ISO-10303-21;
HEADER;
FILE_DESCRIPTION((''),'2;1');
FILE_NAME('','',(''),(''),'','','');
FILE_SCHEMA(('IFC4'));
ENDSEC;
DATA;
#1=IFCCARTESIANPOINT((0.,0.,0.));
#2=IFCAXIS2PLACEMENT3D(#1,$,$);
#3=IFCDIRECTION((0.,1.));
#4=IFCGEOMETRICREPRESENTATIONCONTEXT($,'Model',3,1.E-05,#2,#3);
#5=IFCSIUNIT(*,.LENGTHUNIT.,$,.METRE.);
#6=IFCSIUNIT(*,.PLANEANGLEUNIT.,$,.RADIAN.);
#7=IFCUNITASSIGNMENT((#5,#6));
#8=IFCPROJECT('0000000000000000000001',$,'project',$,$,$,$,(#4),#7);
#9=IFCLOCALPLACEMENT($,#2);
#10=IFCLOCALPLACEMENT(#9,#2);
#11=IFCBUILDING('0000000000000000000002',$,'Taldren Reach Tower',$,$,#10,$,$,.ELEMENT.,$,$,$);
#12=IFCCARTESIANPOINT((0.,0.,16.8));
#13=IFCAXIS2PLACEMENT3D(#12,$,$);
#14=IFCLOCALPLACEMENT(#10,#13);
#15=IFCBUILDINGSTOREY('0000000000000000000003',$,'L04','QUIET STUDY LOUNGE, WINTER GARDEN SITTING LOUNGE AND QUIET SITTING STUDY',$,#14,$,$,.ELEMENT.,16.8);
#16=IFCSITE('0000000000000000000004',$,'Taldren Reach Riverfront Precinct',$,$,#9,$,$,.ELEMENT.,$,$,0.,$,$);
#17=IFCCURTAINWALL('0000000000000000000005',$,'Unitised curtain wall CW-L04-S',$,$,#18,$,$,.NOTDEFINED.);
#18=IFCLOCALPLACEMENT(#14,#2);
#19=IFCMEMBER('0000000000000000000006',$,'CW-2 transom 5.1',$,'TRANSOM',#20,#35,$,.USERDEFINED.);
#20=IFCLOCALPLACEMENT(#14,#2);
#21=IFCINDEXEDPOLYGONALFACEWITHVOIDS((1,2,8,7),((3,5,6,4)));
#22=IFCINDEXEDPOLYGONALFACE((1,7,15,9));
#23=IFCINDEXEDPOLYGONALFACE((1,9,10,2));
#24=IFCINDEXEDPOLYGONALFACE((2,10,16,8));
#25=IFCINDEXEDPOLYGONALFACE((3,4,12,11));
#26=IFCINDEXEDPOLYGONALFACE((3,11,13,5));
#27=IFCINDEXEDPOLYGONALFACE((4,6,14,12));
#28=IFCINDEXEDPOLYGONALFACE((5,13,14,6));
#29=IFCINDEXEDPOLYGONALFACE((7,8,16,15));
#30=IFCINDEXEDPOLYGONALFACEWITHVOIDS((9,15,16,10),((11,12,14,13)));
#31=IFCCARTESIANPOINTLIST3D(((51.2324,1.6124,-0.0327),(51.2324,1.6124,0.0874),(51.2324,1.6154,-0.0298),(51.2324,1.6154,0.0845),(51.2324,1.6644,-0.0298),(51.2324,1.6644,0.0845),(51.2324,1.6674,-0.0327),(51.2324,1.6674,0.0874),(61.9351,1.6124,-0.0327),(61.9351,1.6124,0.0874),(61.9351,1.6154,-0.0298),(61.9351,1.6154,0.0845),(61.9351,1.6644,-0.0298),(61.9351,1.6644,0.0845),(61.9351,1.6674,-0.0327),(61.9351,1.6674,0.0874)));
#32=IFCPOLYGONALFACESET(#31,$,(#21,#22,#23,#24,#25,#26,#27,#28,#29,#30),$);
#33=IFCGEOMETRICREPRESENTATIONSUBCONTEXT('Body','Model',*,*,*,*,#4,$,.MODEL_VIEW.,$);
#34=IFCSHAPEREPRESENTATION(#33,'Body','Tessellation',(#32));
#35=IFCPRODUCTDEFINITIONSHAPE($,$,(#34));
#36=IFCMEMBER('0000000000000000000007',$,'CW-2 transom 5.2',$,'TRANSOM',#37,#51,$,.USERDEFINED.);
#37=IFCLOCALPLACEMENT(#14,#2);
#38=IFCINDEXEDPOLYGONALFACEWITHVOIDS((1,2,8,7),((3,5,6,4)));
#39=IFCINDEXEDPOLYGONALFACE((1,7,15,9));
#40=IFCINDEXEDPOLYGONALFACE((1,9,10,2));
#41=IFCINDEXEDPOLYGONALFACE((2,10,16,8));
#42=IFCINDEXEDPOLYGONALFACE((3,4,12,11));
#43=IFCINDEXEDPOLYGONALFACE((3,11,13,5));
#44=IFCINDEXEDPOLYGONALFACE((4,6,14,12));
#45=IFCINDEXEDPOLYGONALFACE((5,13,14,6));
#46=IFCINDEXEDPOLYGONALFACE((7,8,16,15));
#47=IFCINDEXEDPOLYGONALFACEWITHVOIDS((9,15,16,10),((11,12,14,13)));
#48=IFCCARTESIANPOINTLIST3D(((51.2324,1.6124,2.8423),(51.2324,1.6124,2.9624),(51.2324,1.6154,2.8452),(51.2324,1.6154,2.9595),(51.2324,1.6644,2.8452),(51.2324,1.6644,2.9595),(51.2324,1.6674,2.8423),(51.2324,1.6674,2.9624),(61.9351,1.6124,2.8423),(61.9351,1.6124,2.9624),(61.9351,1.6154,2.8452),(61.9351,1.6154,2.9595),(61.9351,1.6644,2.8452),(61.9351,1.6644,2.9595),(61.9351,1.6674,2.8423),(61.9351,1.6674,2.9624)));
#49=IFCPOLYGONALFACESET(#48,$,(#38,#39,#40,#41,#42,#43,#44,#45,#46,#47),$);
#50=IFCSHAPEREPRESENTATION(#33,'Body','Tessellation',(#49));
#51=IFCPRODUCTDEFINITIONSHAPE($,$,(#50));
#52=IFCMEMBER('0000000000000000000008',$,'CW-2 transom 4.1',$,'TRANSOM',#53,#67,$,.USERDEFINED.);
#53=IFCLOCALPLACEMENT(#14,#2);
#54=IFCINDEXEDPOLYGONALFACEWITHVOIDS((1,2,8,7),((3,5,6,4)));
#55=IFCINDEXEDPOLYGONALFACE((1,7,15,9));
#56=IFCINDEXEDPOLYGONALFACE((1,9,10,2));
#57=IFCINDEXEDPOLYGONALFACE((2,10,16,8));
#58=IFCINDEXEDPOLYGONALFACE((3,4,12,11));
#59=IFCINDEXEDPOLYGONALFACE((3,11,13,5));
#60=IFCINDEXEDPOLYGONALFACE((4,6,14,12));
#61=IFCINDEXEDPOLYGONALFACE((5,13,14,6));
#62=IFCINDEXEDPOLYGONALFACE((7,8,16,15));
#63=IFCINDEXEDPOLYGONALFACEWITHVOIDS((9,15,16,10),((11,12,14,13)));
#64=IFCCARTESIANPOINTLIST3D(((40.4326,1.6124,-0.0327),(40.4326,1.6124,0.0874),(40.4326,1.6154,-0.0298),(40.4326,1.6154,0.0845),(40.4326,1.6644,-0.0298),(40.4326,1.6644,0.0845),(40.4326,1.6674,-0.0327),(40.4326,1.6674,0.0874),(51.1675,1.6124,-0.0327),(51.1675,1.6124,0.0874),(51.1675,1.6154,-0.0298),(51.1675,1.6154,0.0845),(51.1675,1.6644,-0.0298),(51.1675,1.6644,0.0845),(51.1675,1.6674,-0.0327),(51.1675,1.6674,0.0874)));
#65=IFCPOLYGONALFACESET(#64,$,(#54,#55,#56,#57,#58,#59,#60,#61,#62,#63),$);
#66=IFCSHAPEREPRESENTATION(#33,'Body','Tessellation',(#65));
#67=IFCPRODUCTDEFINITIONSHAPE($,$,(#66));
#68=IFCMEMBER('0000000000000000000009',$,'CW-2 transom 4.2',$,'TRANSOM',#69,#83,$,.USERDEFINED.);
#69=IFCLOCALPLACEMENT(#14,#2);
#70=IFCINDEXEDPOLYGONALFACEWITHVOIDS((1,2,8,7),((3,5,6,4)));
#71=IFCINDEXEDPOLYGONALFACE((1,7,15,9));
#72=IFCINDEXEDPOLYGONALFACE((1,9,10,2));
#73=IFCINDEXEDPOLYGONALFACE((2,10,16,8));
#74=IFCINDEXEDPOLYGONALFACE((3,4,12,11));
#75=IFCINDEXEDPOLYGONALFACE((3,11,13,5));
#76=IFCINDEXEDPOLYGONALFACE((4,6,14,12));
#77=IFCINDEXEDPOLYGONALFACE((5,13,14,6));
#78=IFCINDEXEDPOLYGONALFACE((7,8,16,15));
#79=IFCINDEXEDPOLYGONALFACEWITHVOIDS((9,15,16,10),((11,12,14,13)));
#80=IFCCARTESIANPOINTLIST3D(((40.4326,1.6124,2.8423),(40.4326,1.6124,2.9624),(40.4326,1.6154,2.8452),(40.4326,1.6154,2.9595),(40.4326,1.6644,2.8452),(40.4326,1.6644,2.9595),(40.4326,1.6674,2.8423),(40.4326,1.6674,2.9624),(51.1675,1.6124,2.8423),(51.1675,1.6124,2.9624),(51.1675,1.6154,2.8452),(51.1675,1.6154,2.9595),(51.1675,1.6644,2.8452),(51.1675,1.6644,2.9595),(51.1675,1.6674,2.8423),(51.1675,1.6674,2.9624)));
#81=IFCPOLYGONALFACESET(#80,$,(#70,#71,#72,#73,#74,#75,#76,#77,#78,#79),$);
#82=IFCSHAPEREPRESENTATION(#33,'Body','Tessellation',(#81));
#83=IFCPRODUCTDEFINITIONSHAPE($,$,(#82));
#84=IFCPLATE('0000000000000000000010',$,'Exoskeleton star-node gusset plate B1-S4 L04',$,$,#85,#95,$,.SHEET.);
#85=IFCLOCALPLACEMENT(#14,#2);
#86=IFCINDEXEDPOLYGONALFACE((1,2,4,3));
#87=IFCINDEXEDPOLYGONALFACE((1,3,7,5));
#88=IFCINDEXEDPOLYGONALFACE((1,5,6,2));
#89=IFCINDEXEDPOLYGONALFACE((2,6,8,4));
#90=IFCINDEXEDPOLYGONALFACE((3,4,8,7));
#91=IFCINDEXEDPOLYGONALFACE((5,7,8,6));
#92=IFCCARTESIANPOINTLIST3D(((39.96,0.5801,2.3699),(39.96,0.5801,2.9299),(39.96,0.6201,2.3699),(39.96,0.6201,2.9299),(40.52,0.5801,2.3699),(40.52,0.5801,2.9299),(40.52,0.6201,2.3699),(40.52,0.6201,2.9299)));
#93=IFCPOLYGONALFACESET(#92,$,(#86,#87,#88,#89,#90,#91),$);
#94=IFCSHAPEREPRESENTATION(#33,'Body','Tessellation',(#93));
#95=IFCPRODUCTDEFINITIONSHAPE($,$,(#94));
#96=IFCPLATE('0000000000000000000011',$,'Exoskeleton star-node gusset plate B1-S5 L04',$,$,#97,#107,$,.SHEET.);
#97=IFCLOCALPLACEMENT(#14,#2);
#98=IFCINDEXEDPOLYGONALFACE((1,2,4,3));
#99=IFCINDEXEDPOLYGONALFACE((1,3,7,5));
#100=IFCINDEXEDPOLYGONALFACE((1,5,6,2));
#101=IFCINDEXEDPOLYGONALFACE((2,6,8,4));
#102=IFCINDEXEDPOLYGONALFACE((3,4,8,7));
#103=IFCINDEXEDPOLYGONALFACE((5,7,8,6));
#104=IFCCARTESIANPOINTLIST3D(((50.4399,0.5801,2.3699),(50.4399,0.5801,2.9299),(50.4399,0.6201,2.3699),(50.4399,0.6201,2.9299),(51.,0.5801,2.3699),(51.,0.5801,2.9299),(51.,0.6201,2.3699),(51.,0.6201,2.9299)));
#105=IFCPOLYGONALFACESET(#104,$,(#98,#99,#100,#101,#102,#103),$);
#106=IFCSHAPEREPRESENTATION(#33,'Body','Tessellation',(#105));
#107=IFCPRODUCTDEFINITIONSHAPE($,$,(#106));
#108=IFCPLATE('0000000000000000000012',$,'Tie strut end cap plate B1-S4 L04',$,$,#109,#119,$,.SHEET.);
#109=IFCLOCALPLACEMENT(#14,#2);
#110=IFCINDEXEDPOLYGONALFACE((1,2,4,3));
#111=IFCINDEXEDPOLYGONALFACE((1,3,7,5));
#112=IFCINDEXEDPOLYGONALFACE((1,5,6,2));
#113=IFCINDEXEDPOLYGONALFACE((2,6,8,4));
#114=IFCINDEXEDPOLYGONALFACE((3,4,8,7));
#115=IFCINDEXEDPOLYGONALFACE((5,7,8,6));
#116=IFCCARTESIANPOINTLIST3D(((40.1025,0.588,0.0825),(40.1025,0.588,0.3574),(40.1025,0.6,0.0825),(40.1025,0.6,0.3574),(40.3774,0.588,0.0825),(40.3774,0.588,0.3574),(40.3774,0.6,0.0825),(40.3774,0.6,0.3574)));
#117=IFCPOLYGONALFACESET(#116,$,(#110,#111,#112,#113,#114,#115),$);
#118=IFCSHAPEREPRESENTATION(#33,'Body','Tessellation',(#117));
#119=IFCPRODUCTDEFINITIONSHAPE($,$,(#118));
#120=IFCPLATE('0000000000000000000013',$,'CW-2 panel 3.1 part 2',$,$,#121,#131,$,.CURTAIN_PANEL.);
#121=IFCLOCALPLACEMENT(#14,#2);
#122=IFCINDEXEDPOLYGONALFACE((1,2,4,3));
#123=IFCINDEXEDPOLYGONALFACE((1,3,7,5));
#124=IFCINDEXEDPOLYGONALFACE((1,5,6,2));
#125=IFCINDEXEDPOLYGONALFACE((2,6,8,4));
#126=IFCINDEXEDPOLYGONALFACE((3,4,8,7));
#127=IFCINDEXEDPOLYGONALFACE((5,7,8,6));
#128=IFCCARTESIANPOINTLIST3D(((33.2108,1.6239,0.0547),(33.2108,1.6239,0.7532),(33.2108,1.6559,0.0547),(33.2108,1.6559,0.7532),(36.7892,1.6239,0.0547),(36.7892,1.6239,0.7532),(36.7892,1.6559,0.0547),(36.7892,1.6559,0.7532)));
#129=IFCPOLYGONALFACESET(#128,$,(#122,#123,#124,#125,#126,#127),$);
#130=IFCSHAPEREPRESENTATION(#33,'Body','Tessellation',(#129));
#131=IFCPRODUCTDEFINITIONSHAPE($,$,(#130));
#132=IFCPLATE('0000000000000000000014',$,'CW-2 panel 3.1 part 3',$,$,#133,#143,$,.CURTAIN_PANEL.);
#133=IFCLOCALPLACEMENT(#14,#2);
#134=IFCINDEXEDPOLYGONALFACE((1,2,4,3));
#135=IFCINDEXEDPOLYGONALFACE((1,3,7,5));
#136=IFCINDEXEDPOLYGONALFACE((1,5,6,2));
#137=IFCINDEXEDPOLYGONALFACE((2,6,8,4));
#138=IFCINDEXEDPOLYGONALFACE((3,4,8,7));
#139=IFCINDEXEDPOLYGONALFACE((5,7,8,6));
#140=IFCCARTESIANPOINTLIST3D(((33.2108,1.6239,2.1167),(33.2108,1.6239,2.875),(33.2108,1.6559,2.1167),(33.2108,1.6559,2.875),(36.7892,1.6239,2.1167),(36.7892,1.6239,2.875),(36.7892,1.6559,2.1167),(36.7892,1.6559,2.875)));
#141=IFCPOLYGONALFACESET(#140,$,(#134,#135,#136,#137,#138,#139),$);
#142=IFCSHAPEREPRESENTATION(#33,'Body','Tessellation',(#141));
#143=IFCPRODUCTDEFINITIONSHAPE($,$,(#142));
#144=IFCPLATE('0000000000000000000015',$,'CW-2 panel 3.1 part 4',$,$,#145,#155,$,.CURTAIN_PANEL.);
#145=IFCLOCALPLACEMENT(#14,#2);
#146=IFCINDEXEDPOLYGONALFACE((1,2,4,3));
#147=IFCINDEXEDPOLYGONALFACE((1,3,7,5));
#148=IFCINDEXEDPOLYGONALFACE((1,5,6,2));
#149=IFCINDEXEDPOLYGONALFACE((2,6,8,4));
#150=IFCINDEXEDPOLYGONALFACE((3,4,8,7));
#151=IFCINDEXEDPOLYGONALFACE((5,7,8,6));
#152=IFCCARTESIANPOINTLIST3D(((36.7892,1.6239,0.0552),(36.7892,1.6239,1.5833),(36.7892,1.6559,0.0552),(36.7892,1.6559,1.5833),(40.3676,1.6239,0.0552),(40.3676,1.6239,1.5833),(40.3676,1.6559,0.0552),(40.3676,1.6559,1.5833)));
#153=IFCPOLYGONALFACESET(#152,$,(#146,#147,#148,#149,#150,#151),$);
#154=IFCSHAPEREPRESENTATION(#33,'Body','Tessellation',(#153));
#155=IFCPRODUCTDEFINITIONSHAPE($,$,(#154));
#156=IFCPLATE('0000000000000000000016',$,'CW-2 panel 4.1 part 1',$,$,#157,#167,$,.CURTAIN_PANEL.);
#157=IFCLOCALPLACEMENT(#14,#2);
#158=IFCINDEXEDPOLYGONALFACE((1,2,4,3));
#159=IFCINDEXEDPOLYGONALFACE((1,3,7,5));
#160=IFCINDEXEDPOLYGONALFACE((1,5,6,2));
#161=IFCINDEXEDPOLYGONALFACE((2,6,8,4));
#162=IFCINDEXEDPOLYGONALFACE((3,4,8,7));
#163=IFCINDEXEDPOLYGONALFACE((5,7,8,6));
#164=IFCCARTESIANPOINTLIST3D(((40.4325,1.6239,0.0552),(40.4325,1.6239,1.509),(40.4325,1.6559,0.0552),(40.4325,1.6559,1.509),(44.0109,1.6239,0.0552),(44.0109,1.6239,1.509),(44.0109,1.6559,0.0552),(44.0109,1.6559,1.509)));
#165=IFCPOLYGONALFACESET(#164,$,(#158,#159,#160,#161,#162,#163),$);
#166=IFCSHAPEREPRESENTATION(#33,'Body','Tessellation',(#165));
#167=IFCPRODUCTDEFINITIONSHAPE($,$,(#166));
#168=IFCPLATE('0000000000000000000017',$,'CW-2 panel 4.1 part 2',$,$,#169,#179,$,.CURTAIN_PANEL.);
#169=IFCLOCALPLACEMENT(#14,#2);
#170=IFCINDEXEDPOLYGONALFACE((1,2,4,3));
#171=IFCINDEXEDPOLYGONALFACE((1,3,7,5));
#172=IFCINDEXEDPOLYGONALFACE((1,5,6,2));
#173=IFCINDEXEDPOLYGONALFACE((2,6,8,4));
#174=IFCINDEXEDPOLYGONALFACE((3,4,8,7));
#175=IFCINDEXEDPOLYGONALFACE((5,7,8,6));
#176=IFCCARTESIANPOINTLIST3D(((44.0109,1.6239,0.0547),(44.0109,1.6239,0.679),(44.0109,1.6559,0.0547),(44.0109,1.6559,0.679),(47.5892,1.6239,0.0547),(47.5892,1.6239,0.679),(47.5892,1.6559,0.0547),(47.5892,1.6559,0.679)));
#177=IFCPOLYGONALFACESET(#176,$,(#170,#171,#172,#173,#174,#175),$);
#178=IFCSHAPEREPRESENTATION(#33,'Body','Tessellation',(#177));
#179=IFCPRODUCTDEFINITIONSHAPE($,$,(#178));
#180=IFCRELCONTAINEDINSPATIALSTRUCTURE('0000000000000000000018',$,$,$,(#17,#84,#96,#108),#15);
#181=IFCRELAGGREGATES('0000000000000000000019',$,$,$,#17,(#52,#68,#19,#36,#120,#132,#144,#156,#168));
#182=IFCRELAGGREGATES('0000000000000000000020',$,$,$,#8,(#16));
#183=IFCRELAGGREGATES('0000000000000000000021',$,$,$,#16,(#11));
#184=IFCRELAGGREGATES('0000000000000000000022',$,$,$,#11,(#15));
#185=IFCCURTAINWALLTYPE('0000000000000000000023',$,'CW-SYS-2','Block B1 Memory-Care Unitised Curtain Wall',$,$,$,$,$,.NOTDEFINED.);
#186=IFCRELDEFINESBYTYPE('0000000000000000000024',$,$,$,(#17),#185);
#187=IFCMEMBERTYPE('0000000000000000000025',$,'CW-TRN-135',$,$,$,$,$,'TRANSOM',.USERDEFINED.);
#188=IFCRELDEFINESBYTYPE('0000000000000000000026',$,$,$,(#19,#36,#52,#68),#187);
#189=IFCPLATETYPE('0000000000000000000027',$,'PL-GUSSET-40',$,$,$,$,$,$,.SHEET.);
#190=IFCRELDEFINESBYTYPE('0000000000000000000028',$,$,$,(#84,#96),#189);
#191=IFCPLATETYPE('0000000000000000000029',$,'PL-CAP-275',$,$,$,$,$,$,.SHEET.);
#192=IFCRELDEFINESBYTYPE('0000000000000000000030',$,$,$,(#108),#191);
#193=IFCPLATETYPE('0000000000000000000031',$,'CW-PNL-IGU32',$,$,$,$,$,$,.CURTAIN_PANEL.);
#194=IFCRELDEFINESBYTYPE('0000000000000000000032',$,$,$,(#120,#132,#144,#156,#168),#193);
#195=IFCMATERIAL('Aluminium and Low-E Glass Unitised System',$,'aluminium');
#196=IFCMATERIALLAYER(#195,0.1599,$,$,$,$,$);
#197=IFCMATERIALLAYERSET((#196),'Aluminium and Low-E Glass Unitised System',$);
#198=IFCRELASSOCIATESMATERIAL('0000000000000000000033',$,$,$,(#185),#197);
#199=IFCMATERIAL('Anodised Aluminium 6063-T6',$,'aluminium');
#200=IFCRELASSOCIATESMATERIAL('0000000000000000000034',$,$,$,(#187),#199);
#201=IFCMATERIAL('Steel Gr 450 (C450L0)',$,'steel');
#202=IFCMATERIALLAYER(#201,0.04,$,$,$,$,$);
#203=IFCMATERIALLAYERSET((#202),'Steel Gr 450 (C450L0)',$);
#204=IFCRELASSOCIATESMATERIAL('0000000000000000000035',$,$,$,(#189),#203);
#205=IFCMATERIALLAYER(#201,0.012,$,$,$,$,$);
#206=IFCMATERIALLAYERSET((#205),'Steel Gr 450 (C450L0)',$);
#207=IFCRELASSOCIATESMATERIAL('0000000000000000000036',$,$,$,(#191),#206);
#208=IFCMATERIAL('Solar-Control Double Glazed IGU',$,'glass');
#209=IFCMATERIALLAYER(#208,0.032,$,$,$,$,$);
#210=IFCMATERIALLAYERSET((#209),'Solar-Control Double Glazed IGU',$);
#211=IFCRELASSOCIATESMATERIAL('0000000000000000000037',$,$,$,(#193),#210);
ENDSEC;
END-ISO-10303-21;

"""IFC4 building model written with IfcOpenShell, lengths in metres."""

from ifc_helpers import new_model, si_unit, direction, frame, origin, origin_2d, place, context, subcontext, project, spatial, rectangle, hollow_rectangle, extrude, source, transform, mapped, material, layer, layer_set, material_profile, profile_set, type_object, element, aggregate, save


model = new_model("IFC4")

# Units and contexts
model_context = context("Model", 3, precision=1e-05, world=origin(), true_north=direction((0.0, 1.0)))
body_context = subcontext(model_context, "Body", "Model", "MODEL_VIEW")
ifc_project = project(units=[si_unit("LENGTHUNIT", "METRE"), si_unit("PLANEANGLEUNIT", "RADIAN")], contexts=[model_context])

# Site, building, storey
site_placement = place(None, origin())
site = spatial("IfcSite", under=ifc_project, at=site_placement, Name="Taldren Reach Riverfront Precinct", CompositionType="ELEMENT", RefElevation=0.0)
building_placement = place(site_placement, origin())
building = spatial("IfcBuilding", under=site, at=building_placement, Name="Taldren Reach Tower", CompositionType="ELEMENT")
storey_placement = place(building_placement, frame((0.0, 0.0, 16.8)))
storey = spatial("IfcBuildingStorey", under=building, at=storey_placement, Name="L04", Description="QUIET STUDY LOUNGE, WINTER GARDEN SITTING LOUNGE AND QUIET SITTING STUDY", CompositionType="ELEMENT", Elevation=16.8)

# Shared definitions
ifc_material_1 = material(Name="Steel Gr 450 (C450L0)", Category="steel")

# Curtain wall, members
ifc_material_2 = material(Name="Aluminium and Low-E Glass Unitised System", Category="aluminium")
ifc_layer_1 = layer(ifc_material_2, 0.1599)
ifc_layer_set_1 = layer_set([ifc_layer_1], Name="Aluminium and Low-E Glass Unitised System")
curtain_wall_type = type_object("IfcCurtainWallType", Name="CW-SYS-2", Description="Block B1 Memory-Care Unitised Curtain Wall", PredefinedType="NOTDEFINED", material=ifc_layer_set_1)
curtain_wall_placement = place(storey_placement, origin())
curtain_wall = element("IfcCurtainWall", 1, at=curtain_wall_placement, inside=storey, type_object=curtain_wall_type, Name="Unitised curtain wall CW-L04-S", PredefinedType="NOTDEFINED")
ifc_material_3 = material(Name="Anodised Aluminium 6063-T6", Category="aluminium")
ifc_material_profile_1 = material_profile(ifc_material_3, hollow_rectangle(XDim=0.0549, YDim=0.1201, WallThickness=0.0029, at=origin_2d()), Name="ALU-120x55x3RHS")
ifc_profile_set_1 = profile_set([ifc_material_profile_1], Name="Anodised Aluminium 6063-T6")
member_type_1 = type_object("IfcMemberType", Name="CW-TRN-135", ElementType="TRANSOM", PredefinedType="USERDEFINED", material=ifc_profile_set_1)
shared_shape_1 = source(origin(), body_context, "Body", "SweptSolid", [
    extrude(hollow_rectangle(XDim=0.0549, YDim=0.1201, WallThickness=0.0029, at=origin_2d()), origin(), (0.0, 0.0, 1.0), 10.7026),
])
member_1_placement = place(storey_placement, frame((51.2324, 1.6399, 0.0273), z_axis=(1.0, 0.0, 0.0), x_axis=(0.0, 1.0, 0.0)))
member_1 = element("IfcMember", 2, at=member_1_placement, type_object=member_type_1, Name="CW-2 transom 5.1", ObjectType="TRANSOM", PredefinedType="USERDEFINED", context=body_context, shape_type="MappedRepresentation", body=[
    mapped(shared_shape_1, transform((0.0, 0.0, 0.0), scale=1.0)),
])
member_2_placement = place(storey_placement, frame((51.2324, 1.6399, 2.9023), z_axis=(1.0, 0.0, 0.0), x_axis=(0.0, 1.0, 0.0)))
member_2 = element("IfcMember", 3, at=member_2_placement, type_object=member_type_1, Name="CW-2 transom 5.2", ObjectType="TRANSOM", PredefinedType="USERDEFINED", context=body_context, shape_type="MappedRepresentation", body=[
    mapped(shared_shape_1, transform((0.0, 0.0, 0.0), scale=1.0)),
])
shared_shape_2 = source(origin(), body_context, "Body", "SweptSolid", [
    extrude(hollow_rectangle(XDim=0.0549, YDim=0.1201, WallThickness=0.0029, at=origin_2d()), origin(), (0.0, 0.0, 1.0), 10.7349),
])
member_3_placement = place(storey_placement, frame((40.4326, 1.6399, 0.0273), z_axis=(1.0, 0.0, 0.0), x_axis=(0.0, 1.0, 0.0)))
member_3 = element("IfcMember", 4, at=member_3_placement, type_object=member_type_1, Name="CW-2 transom 4.1", ObjectType="TRANSOM", PredefinedType="USERDEFINED", context=body_context, shape_type="MappedRepresentation", body=[
    mapped(shared_shape_2, transform((0.0, 0.0, 0.0), scale=1.0)),
])
member_4_placement = place(storey_placement, frame((40.4326, 1.6399, 2.9023), z_axis=(1.0, 0.0, 0.0), x_axis=(0.0, 1.0, 0.0)))
member_4 = element("IfcMember", 5, at=member_4_placement, type_object=member_type_1, Name="CW-2 transom 4.2", ObjectType="TRANSOM", PredefinedType="USERDEFINED", context=body_context, shape_type="MappedRepresentation", body=[
    mapped(shared_shape_2, transform((0.0, 0.0, 0.0), scale=1.0)),
])

# Plates
ifc_layer_2 = layer(ifc_material_1, 0.04)
ifc_layer_set_2 = layer_set([ifc_layer_2], Name="Steel Gr 450 (C450L0)")
plate_type_1 = type_object("IfcPlateType", Name="PL-GUSSET-40", PredefinedType="SHEET", material=ifc_layer_set_2)
shared_shape_3 = source(origin(), body_context, "Body", "SweptSolid", [
    extrude(rectangle(XDim=0.5601, YDim=0.04, at=origin_2d()), origin(), (0.0, 0.0, 1.0), 0.5601),
])
for number, where, z_axis, x_axis, name in (
    (6, (40.24, 0.6001, 2.3699), (0.0, 0.0, 1.0), (1.0, 0.0, 0.0), "Exoskeleton star-node gusset plate B1-S4 L04"),
    (7, (50.72, 0.6001, 2.3699), (0.0, 0.0, 1.0), (1.0, 0.0, 0.0), "Exoskeleton star-node gusset plate B1-S5 L04"),
):
    element("IfcPlate", number, at=place(storey_placement, frame(where, z_axis=z_axis, x_axis=x_axis)), inside=storey, type_object=plate_type_1, Name=name, PredefinedType="SHEET", context=body_context, shape_type="MappedRepresentation", body=[
        mapped(shared_shape_3, transform((0.0, 0.0, 0.0), scale=1.0)),
    ])
ifc_layer_3 = layer(ifc_material_1, 0.012)
ifc_layer_set_3 = layer_set([ifc_layer_3], Name="Steel Gr 450 (C450L0)")
plate_type_2 = type_object("IfcPlateType", Name="PL-CAP-275", PredefinedType="SHEET", material=ifc_layer_set_3)
shared_shape_4 = source(origin(), body_context, "Body", "SweptSolid", [
    extrude(rectangle(XDim=0.2749, YDim=0.012, at=origin_2d()), origin(), (0.0, 0.0, 1.0), 0.2749),
])
plate_1_placement = place(storey_placement, frame((40.24, 0.594, 0.0825), z_axis=(0.0, 0.0, 1.0), x_axis=(1.0, 0.0, 0.0)))
element("IfcPlate", 8, at=plate_1_placement, inside=storey, type_object=plate_type_2, Name="Tie strut end cap plate B1-S4 L04", PredefinedType="SHEET", context=body_context, shape_type="MappedRepresentation", body=[
    mapped(shared_shape_4, transform((0.0, 0.0, 0.0), scale=1.0)),
])

# Plates
ifc_material_4 = material(Name="Solar-Control Double Glazed IGU", Category="glass")
ifc_layer_4 = layer(ifc_material_4, 0.032)
ifc_layer_set_4 = layer_set([ifc_layer_4], Name="Solar-Control Double Glazed IGU")
plate_type_3 = type_object("IfcPlateType", Name="CW-PNL-IGU32", PredefinedType="CURTAIN_PANEL", material=ifc_layer_set_4)
shared_shape_5 = source(origin(), body_context, "Body", "SweptSolid", [
    extrude(rectangle(XDim=3.5784, YDim=0.032, at=origin_2d()), origin(), (0.0, 0.0, 1.0), 0.6985),
])
plate_2_placement = place(storey_placement, frame((35.0, 1.6399, 0.0547), z_axis=(0.0, 0.0, 1.0), x_axis=(1.0, 0.0, 0.0)))
plate_2 = element("IfcPlate", 9, at=plate_2_placement, type_object=plate_type_3, Name="CW-2 panel 3.1 part 2", PredefinedType="CURTAIN_PANEL", context=body_context, shape_type="MappedRepresentation", body=[
    mapped(shared_shape_5, transform((0.0, 0.0, 0.0), scale=1.0)),
])
shared_shape_6 = source(origin(), body_context, "Body", "SweptSolid", [
    extrude(rectangle(XDim=3.5784, YDim=0.032, at=origin_2d()), origin(), (0.0, 0.0, 1.0), 0.7583),
])
plate_3_placement = place(storey_placement, frame((35.0, 1.6399, 2.1167), z_axis=(0.0, 0.0, 1.0), x_axis=(1.0, 0.0, 0.0)))
plate_3 = element("IfcPlate", 10, at=plate_3_placement, type_object=plate_type_3, Name="CW-2 panel 3.1 part 3", PredefinedType="CURTAIN_PANEL", context=body_context, shape_type="MappedRepresentation", body=[
    mapped(shared_shape_6, transform((0.0, 0.0, 0.0), scale=1.0)),
])
shared_shape_7 = source(origin(), body_context, "Body", "SweptSolid", [
    extrude(rectangle(XDim=3.5784, YDim=0.032, at=origin_2d()), origin(), (0.0, 0.0, 1.0), 1.5281),
])
plate_4_placement = place(storey_placement, frame((38.5784, 1.6399, 0.0552), z_axis=(0.0, 0.0, 1.0), x_axis=(1.0, 0.0, 0.0)))
plate_4 = element("IfcPlate", 11, at=plate_4_placement, type_object=plate_type_3, Name="CW-2 panel 3.1 part 4", PredefinedType="CURTAIN_PANEL", context=body_context, shape_type="MappedRepresentation", body=[
    mapped(shared_shape_7, transform((0.0, 0.0, 0.0), scale=1.0)),
])
shared_shape_8 = source(origin(), body_context, "Body", "SweptSolid", [
    extrude(rectangle(XDim=3.5784, YDim=0.032, at=origin_2d()), origin(), (0.0, 0.0, 1.0), 1.4539),
])
plate_5_placement = place(storey_placement, frame((42.2217, 1.6399, 0.0552), z_axis=(0.0, 0.0, 1.0), x_axis=(1.0, 0.0, 0.0)))
plate_5 = element("IfcPlate", 12, at=plate_5_placement, type_object=plate_type_3, Name="CW-2 panel 4.1 part 1", PredefinedType="CURTAIN_PANEL", context=body_context, shape_type="MappedRepresentation", body=[
    mapped(shared_shape_8, transform((0.0, 0.0, 0.0), scale=1.0)),
])
shared_shape_9 = source(origin(), body_context, "Body", "SweptSolid", [
    extrude(rectangle(XDim=3.5784, YDim=0.032, at=origin_2d()), origin(), (0.0, 0.0, 1.0), 0.6243),
])
plate_6_placement = place(storey_placement, frame((45.8, 1.6399, 0.0547), z_axis=(0.0, 0.0, 1.0), x_axis=(1.0, 0.0, 0.0)))
plate_6 = element("IfcPlate", 13, at=plate_6_placement, type_object=plate_type_3, Name="CW-2 panel 4.1 part 2", PredefinedType="CURTAIN_PANEL", context=body_context, shape_type="MappedRepresentation", body=[
    mapped(shared_shape_9, transform((0.0, 0.0, 0.0), scale=1.0)),
])
aggregate(curtain_wall, [member_3, member_4, member_1, member_2, plate_2, plate_3, plate_4, plate_5, plate_6])

save(model, "model.ifc")
